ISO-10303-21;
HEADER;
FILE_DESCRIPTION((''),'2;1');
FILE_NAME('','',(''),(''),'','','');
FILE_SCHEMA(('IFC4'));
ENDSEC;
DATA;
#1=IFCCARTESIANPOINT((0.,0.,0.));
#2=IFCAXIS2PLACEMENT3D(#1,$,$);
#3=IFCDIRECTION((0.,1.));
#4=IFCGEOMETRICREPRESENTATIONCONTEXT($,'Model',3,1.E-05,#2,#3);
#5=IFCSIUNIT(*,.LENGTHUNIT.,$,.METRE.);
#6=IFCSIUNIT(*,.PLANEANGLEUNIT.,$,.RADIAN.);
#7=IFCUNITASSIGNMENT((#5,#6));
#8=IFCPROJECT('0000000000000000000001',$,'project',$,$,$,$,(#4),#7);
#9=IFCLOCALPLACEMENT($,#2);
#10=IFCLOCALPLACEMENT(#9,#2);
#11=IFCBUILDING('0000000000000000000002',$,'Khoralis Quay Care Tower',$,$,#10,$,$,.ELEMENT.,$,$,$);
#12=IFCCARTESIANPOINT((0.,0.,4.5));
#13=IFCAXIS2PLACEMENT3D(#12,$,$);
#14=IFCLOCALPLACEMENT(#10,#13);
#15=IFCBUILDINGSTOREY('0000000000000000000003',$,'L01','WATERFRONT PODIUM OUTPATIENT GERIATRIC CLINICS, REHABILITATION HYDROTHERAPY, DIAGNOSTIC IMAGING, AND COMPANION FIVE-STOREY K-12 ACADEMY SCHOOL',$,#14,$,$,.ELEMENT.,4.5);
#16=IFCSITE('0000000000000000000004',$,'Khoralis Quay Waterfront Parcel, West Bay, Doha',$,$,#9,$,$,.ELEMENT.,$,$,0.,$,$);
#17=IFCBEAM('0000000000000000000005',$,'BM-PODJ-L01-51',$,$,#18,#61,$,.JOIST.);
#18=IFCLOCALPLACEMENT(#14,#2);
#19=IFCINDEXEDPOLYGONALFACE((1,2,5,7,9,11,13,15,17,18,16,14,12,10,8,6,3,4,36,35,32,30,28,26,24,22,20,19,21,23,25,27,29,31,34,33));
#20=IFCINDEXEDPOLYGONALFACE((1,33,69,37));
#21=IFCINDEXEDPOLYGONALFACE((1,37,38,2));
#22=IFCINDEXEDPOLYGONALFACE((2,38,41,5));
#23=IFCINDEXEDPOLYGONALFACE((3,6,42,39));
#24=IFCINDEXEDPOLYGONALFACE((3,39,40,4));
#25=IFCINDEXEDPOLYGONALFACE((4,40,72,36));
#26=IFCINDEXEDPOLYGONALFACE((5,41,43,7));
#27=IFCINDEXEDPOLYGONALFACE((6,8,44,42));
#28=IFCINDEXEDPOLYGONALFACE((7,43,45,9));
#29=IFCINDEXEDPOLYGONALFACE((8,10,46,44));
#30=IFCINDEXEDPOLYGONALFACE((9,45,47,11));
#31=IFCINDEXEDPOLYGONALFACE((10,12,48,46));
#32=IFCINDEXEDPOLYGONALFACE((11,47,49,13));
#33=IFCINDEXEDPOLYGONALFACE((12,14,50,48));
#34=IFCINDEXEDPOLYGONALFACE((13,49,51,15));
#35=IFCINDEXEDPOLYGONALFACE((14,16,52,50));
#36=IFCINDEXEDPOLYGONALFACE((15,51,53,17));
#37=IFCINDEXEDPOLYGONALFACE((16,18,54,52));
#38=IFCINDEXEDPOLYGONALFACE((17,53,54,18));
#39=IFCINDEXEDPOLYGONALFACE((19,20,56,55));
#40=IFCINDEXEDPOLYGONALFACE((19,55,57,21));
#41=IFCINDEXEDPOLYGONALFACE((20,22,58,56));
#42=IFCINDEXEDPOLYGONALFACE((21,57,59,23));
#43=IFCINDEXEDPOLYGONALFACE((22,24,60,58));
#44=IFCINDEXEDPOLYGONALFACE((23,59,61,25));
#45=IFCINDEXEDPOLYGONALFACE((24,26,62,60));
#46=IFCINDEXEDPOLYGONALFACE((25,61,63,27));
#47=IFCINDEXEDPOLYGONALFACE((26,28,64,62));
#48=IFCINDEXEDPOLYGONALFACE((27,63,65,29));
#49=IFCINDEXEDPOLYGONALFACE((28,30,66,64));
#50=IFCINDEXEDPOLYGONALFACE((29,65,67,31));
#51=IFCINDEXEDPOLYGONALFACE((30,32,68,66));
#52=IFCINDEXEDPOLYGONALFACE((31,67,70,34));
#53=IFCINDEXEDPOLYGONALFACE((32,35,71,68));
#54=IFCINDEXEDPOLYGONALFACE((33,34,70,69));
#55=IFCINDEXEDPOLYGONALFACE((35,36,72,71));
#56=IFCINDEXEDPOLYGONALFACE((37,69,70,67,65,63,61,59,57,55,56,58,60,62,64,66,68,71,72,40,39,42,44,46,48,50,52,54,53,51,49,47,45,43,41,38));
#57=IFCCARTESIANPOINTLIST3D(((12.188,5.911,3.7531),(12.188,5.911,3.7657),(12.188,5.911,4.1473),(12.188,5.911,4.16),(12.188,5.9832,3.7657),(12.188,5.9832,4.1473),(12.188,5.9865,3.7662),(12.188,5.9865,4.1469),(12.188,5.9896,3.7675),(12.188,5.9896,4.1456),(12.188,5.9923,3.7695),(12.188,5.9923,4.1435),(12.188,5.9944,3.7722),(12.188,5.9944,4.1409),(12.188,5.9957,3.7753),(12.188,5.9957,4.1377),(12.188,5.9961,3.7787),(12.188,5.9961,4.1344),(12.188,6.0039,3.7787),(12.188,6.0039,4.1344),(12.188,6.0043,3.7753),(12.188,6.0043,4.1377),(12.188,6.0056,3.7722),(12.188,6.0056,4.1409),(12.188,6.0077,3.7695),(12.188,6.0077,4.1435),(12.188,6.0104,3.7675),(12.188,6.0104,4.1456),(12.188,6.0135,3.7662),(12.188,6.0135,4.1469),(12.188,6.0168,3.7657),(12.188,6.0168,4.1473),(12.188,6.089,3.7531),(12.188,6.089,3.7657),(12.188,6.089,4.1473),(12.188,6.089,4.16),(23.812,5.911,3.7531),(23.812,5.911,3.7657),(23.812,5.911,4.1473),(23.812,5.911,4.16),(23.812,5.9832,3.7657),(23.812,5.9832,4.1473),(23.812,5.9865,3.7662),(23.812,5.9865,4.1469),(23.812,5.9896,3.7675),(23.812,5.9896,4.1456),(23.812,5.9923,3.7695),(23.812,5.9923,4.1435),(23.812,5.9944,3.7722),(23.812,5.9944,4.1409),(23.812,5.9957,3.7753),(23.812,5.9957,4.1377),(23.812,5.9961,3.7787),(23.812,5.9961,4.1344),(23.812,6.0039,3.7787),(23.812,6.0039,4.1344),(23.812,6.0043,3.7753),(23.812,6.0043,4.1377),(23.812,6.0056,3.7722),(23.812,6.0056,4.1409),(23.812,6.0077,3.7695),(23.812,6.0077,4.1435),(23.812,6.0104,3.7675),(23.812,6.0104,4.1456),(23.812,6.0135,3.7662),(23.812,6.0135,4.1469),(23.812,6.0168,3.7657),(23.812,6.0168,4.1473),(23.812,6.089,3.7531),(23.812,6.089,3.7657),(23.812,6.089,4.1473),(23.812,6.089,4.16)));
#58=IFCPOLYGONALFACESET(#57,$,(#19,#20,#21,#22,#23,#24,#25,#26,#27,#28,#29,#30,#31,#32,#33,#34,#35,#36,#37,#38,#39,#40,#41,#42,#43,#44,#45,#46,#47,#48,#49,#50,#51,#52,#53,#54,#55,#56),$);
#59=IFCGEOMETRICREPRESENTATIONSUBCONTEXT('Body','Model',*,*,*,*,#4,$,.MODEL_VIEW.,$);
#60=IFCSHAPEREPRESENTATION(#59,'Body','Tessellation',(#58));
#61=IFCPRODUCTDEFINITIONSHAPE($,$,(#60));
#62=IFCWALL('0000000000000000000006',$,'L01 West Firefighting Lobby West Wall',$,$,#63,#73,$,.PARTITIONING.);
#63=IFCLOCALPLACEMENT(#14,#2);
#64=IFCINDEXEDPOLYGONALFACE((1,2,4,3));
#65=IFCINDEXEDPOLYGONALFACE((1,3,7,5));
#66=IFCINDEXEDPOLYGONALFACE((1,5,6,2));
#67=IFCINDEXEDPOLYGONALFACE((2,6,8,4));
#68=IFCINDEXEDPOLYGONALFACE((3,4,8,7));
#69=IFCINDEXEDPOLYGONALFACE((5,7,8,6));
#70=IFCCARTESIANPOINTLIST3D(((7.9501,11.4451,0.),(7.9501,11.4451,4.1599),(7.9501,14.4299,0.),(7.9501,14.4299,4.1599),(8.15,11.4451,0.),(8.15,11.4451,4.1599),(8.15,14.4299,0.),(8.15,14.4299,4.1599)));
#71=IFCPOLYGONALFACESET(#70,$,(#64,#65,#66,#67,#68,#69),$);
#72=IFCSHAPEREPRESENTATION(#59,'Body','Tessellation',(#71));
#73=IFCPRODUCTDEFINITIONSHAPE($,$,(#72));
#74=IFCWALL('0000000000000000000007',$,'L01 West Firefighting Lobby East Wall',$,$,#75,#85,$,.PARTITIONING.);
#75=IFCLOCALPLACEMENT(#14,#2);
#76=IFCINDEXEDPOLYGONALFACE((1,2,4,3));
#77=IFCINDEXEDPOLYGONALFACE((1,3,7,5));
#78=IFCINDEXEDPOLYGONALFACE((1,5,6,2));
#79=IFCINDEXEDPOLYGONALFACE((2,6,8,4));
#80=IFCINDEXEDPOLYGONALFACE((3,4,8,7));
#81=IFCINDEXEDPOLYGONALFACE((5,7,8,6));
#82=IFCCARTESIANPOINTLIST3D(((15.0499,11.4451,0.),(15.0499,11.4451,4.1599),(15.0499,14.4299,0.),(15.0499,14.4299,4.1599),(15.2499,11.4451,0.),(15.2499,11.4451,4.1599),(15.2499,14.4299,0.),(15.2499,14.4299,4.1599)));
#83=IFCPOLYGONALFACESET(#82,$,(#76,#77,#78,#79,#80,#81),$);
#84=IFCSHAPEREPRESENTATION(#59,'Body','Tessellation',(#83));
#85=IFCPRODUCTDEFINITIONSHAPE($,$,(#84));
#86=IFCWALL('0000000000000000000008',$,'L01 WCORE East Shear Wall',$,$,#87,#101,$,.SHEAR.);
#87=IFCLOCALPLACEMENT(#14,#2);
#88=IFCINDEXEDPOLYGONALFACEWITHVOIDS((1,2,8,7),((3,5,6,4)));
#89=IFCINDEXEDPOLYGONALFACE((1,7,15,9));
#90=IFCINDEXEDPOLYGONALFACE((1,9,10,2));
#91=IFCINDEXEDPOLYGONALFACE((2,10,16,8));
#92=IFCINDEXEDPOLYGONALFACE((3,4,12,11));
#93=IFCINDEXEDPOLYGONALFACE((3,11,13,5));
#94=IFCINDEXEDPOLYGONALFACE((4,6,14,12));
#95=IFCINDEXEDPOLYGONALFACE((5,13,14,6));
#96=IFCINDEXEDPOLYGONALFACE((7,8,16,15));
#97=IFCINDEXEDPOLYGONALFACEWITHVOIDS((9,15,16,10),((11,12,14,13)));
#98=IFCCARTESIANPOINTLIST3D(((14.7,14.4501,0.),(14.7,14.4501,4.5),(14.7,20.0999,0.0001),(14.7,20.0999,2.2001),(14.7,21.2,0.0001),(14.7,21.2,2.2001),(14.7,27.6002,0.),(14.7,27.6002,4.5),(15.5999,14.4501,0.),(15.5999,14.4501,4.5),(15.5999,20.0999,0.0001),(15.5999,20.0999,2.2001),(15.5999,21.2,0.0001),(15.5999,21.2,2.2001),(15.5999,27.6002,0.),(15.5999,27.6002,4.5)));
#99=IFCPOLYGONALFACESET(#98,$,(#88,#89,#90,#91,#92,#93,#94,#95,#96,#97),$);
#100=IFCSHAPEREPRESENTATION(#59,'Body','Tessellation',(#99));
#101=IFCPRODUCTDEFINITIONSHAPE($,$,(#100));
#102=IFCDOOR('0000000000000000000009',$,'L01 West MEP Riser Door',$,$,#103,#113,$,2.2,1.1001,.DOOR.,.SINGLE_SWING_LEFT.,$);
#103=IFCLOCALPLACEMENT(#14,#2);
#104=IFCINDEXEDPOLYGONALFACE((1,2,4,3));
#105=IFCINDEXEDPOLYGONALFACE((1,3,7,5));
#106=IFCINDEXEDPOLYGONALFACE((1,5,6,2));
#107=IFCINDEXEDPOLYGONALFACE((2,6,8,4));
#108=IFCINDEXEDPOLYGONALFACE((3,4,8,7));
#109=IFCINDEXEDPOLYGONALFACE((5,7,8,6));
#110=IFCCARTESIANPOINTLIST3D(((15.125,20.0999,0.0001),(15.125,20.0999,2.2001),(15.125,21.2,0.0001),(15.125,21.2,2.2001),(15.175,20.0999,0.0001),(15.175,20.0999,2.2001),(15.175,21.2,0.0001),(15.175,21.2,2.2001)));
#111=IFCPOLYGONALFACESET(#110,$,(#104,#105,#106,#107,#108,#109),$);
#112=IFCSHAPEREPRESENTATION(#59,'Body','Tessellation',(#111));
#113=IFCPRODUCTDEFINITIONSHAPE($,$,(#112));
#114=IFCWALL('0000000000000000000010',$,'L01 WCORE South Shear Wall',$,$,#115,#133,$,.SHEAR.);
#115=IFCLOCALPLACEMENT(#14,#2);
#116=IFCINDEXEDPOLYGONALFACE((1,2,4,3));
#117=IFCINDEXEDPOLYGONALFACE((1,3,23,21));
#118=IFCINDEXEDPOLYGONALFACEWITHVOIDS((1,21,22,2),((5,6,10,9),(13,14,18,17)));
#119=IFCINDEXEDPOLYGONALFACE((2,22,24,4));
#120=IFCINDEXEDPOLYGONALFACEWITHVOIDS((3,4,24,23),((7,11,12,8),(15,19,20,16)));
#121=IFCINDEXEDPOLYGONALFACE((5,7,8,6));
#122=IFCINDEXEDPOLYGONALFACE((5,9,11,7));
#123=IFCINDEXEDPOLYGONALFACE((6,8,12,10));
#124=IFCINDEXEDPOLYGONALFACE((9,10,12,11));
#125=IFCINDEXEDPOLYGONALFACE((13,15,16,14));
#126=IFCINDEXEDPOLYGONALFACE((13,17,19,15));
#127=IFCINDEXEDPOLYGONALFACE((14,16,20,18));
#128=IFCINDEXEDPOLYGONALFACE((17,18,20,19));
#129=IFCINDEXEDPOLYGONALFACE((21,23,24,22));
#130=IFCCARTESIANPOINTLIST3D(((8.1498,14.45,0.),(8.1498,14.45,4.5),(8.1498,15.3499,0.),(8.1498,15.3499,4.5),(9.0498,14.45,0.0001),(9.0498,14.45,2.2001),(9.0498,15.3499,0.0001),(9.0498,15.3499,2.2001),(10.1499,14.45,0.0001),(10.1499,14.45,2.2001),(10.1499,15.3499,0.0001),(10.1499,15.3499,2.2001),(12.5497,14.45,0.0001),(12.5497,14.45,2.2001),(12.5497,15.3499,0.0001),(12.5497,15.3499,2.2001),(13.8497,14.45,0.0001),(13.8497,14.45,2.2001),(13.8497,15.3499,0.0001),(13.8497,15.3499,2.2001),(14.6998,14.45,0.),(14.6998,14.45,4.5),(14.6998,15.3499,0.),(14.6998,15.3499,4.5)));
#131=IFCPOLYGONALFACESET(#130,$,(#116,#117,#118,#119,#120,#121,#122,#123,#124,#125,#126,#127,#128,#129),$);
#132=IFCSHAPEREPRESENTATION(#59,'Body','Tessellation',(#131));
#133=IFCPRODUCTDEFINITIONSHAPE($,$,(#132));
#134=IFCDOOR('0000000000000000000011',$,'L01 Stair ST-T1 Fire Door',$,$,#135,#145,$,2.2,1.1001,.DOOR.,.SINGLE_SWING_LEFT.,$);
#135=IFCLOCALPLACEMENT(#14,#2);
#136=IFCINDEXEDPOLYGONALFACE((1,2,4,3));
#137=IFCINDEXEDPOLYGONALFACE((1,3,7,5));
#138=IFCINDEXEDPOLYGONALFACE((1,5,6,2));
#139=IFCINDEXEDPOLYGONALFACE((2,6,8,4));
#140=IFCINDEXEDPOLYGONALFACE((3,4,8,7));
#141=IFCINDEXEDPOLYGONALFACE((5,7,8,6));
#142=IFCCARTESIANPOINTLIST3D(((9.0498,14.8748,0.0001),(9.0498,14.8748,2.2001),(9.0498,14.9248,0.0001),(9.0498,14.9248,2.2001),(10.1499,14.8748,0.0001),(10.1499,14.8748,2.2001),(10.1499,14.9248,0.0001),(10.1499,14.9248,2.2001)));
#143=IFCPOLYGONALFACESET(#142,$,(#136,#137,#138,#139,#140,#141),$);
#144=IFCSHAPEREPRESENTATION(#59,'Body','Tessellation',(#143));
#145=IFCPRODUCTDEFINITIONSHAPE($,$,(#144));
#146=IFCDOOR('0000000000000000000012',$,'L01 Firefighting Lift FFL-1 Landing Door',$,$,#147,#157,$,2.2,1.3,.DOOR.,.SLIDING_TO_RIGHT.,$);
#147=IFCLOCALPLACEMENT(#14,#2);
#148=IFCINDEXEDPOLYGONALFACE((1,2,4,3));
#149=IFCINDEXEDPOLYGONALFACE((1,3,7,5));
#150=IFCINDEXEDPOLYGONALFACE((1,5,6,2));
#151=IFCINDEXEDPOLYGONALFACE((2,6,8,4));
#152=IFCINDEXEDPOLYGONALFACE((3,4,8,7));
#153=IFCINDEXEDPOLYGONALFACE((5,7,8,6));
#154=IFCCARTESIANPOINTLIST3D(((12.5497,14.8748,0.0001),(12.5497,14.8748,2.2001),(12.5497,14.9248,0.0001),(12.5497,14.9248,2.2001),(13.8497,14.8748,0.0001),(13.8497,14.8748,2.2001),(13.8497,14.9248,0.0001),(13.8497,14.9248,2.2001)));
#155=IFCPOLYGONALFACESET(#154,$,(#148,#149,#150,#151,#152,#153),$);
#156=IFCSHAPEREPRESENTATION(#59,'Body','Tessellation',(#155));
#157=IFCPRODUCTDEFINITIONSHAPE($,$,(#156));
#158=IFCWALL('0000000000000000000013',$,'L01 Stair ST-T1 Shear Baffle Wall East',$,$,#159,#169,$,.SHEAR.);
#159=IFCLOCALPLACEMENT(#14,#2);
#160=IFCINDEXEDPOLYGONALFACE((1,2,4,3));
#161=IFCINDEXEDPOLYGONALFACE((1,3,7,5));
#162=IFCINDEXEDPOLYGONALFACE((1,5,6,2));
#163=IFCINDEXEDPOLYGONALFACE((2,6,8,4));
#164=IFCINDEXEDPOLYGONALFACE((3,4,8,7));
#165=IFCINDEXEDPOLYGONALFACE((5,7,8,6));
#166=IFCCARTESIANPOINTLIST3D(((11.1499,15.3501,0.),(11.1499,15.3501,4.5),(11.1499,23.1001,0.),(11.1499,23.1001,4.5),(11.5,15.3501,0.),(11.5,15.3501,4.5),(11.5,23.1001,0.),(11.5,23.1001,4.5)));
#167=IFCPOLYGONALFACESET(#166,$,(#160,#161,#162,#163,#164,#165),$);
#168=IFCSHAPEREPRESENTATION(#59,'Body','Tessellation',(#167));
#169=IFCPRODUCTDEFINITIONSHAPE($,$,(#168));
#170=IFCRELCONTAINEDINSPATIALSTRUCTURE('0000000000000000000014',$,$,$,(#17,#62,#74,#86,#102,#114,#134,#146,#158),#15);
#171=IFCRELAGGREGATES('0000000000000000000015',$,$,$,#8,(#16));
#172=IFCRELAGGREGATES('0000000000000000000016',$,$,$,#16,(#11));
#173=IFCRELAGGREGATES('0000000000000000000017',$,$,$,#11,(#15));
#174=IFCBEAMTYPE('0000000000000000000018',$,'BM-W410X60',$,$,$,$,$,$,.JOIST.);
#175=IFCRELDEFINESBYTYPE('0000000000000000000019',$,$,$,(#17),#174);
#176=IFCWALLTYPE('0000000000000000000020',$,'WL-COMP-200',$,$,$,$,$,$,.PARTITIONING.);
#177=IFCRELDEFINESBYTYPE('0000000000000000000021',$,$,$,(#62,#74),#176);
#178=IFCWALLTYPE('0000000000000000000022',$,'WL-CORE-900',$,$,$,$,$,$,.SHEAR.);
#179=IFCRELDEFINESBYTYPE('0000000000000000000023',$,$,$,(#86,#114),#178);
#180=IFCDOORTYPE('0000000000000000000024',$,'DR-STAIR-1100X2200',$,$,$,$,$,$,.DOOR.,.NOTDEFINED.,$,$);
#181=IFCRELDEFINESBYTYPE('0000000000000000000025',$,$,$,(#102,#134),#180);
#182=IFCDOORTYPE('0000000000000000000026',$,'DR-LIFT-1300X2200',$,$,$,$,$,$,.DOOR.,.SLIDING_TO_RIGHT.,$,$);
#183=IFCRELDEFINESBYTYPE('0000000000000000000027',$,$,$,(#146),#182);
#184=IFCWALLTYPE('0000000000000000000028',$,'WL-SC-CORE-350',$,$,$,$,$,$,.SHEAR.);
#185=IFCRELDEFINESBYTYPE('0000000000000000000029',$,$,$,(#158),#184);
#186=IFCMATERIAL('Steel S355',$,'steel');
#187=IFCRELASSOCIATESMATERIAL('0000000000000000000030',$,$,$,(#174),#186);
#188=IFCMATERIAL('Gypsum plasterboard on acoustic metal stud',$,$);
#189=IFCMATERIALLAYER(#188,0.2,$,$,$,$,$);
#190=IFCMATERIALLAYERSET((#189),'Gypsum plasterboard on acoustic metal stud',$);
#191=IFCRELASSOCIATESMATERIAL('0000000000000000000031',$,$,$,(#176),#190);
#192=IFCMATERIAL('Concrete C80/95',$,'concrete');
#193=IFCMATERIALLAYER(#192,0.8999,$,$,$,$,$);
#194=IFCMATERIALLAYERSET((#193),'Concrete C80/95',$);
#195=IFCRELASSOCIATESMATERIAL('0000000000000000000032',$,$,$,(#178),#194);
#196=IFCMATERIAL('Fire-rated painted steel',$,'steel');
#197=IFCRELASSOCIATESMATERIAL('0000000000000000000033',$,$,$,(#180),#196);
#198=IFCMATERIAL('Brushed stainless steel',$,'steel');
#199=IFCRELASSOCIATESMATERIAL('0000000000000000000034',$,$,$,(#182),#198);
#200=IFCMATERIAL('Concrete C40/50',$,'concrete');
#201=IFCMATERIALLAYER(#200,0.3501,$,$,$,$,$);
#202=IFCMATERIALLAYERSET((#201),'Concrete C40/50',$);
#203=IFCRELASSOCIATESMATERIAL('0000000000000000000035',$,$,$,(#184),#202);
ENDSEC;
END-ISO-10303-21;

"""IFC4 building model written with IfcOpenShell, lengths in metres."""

from ifc_helpers import new_model, si_unit, direction, frame, frame_2d, origin, origin_2d, place, context, subcontext, project, spatial, rectangle, i_section, extrude, source, transform, mapped, material, layer, layer_set, material_profile, profile_set, type_object, element, fill, save


model = new_model("IFC4")

# Units and contexts
model_context = context("Model", 3, precision=1e-05, world=origin(), true_north=direction((0.0, 1.0)))
body_context = subcontext(model_context, "Body", "Model", "MODEL_VIEW")
ifc_project = project(units=[si_unit("LENGTHUNIT", "METRE"), si_unit("PLANEANGLEUNIT", "RADIAN")], contexts=[model_context])

# Site, building, storey
site_placement = place(None, origin())
site = spatial("IfcSite", under=ifc_project, at=site_placement, Name="Khoralis Quay Waterfront Parcel, West Bay, Doha", CompositionType="ELEMENT", RefElevation=0.0)
building_placement = place(site_placement, origin())
building = spatial("IfcBuilding", under=site, at=building_placement, Name="Khoralis Quay Care Tower", CompositionType="ELEMENT")
storey_placement = place(building_placement, frame((0.0, 0.0, 4.5)))
storey = spatial("IfcBuildingStorey", under=building, at=storey_placement, Name="L01", Description="WATERFRONT PODIUM OUTPATIENT GERIATRIC CLINICS, REHABILITATION HYDROTHERAPY, DIAGNOSTIC IMAGING, AND COMPANION FIVE-STOREY K-12 ACADEMY SCHOOL", CompositionType="ELEMENT", Elevation=4.5)

# Shared definitions
ifc_material_1 = material(Name="Concrete C80/95", Category="concrete")

# Beam
ifc_material_2 = material(Name="Steel S355", Category="steel")
ifc_material_profile_1 = material_profile(ifc_material_2, i_section(OverallWidth=0.178, OverallDepth=0.407, WebThickness=0.0078, FlangeThickness=0.0127, FilletRadius=0.0129, at=origin_2d()), Name="Steel S355")
ifc_profile_set_1 = profile_set([ifc_material_profile_1], Name="Steel S355")
beam_type_1 = type_object("IfcBeamType", Name="BM-W410X60", PredefinedType="JOIST", material=ifc_profile_set_1)
shared_shape_1 = source(origin(), body_context, "Body", "SweptSolid", [
    extrude(i_section(OverallWidth=0.178, OverallDepth=0.407, WebThickness=0.0078, FlangeThickness=0.0127, FilletRadius=0.0129, at=origin_2d()), origin(), (0.0, 0.0, 1.0), 11.624),
])
for number, where, z_axis, x_axis, name in (
    (1, (12.188, 6.0, 3.9565), (1.0, 0.0, 0.0), (0.0, 1.0, 0.0), "BM-PODJ-L01-51"),
):
    element("IfcBeam", number, at=place(storey_placement, frame(where, z_axis=z_axis, x_axis=x_axis)), inside=storey, type_object=beam_type_1, Name=name, PredefinedType="JOIST", context=body_context, shape_type="MappedRepresentation", body=[
        mapped(shared_shape_1, transform((0.0, 0.0, 0.0), scale=1.0)),
    ])

# Walls
ifc_material_3 = material(Name="Gypsum plasterboard on acoustic metal stud")
ifc_layer_1 = layer(ifc_material_3, 0.2)
ifc_layer_set_1 = layer_set([ifc_layer_1], Name="Gypsum plasterboard on acoustic metal stud")
wall_type_1 = type_object("IfcWallType", Name="WL-COMP-200", PredefinedType="PARTITIONING", material=ifc_layer_set_1)
for number, where, z_axis, x_axis, name in (
    (2, (8.05, 11.4451, 0.0), (0.0, 0.0, 1.0), (0.0, 1.0, 0.0), "L01 West Firefighting Lobby West Wall"),
    (3, (15.1499, 11.4451, 0.0), (0.0, 0.0, 1.0), (0.0, 1.0, 0.0), "L01 West Firefighting Lobby East Wall"),
):
    element("IfcWall", number, at=place(storey_placement, frame(where, z_axis=z_axis, x_axis=x_axis)), inside=storey, type_object=wall_type_1, Name=name, PredefinedType="PARTITIONING", context=body_context, shape_type="SweptSolid", body=[
        extrude(rectangle(XDim=2.9849, YDim=0.2, at=frame_2d((1.4924, 0.0))), origin(), (0.0, 0.0, 1.0), 4.1599),
    ])

# Wall, opening, door
ifc_layer_2 = layer(ifc_material_1, 0.8999)
ifc_layer_set_2 = layer_set([ifc_layer_2], Name="Concrete C80/95")
wall_type_2 = type_object("IfcWallType", Name="WL-CORE-900", PredefinedType="SHEAR", material=ifc_layer_set_2)
wall_1_placement = place(storey_placement, frame((15.1499, 14.45, 0.0), z_axis=(0.0, 0.0, 1.0), x_axis=(0.0, 1.0, 0.0)))
wall_1 = element("IfcWall", 4, at=wall_1_placement, inside=storey, type_object=wall_type_2, Name="L01 WCORE East Shear Wall", PredefinedType="SHEAR", context=body_context, shape_type="SweptSolid", body=[
    extrude(rectangle(XDim=13.1501, YDim=0.8999, at=frame_2d((6.5752, 0.0))), origin(), (0.0, 0.0, 1.0), 4.5),
])
opening_1_placement = place(wall_1_placement, frame((5.6499, 0.0, 0.0)))
opening_1 = element("IfcOpeningElement", 5, at=opening_1_placement, cuts=wall_1, PredefinedType="OPENING", context=body_context, shape_type="SweptSolid", body=[
    extrude(rectangle(XDim=1.1001, YDim=2.2, at=frame_2d((0.55, 1.1001))), frame((0.0, 0.46, 0.0), z_axis=(0.0, -1.0, 0.0), x_axis=(1.0, 0.0, 0.0)), (0.0, 0.0, 1.0), 0.9199),
])
ifc_material_4 = material(Name="Fire-rated painted steel", Category="steel")
door_type_1 = type_object("IfcDoorType", Name="DR-STAIR-1100X2200", OperationType="NOTDEFINED", PredefinedType="DOOR", material=ifc_material_4)
shared_shape_2 = source(origin(), body_context, "Body", "SweptSolid", [
    extrude(rectangle(XDim=1.1001, YDim=2.2, at=frame_2d((0.55, 1.1001))), frame((0.0, 0.0249, 0.0), z_axis=(0.0, -1.0, 0.0), x_axis=(1.0, 0.0, 0.0)), (0.0, 0.0, 1.0), 0.05),
])
door_1_placement = place(opening_1_placement, origin())
door_1 = element("IfcDoor", 6, at=door_1_placement, inside=storey, type_object=door_type_1, Name="L01 West MEP Riser Door", OperationType="SINGLE_SWING_LEFT", OverallHeight=2.2, OverallWidth=1.1001, PredefinedType="DOOR", context=body_context, shape_type="MappedRepresentation", body=[
    mapped(shared_shape_2, transform((0.0, 0.0, 0.0), scale=1.0)),
])
fill(opening_1, door_1)

# Wall, openings, doors
wall_2_placement = place(storey_placement, frame((8.1499, 14.8999, 0.0), z_axis=(0.0, 0.0, 1.0), x_axis=(1.0, 0.0, 0.0)))
wall_2 = element("IfcWall", 7, at=wall_2_placement, inside=storey, type_object=wall_type_2, Name="L01 WCORE South Shear Wall", PredefinedType="SHEAR", context=body_context, shape_type="SweptSolid", body=[
    extrude(rectangle(XDim=6.55, YDim=0.8999, at=frame_2d((3.2749, 0.0))), origin(), (0.0, 0.0, 1.0), 4.5),
])
opening_2_placement = place(wall_2_placement, frame((0.8999, 0.0, 0.0)))
opening_2 = element("IfcOpeningElement", 8, at=opening_2_placement, cuts=wall_2, PredefinedType="OPENING", context=body_context, shape_type="SweptSolid", body=[
    extrude(rectangle(XDim=1.1001, YDim=2.2, at=frame_2d((0.55, 1.1001))), frame((0.0, 0.46, 0.0), z_axis=(0.0, -1.0, 0.0), x_axis=(1.0, 0.0, 0.0)), (0.0, 0.0, 1.0), 0.9199),
])
opening_3_placement = place(wall_2_placement, frame((4.3999, 0.0, 0.0)))
opening_3 = element("IfcOpeningElement", 9, at=opening_3_placement, cuts=wall_2, PredefinedType="OPENING", context=body_context, shape_type="SweptSolid", body=[
    extrude(rectangle(XDim=1.3, YDim=2.2, at=frame_2d((0.6499, 1.1001))), frame((0.0, 0.46, 0.0), z_axis=(0.0, -1.0, 0.0), x_axis=(1.0, 0.0, 0.0)), (0.0, 0.0, 1.0), 0.9199),
])
door_2_placement = place(opening_2_placement, origin())
door_2 = element("IfcDoor", 10, at=door_2_placement, inside=storey, type_object=door_type_1, Name="L01 Stair ST-T1 Fire Door", OperationType="SINGLE_SWING_LEFT", OverallHeight=2.2, OverallWidth=1.1001, PredefinedType="DOOR", context=body_context, shape_type="MappedRepresentation", body=[
    mapped(shared_shape_2, transform((0.0, 0.0, 0.0), scale=1.0)),
])
fill(opening_2, door_2)
ifc_material_5 = material(Name="Brushed stainless steel", Category="steel")
door_type_2 = type_object("IfcDoorType", Name="DR-LIFT-1300X2200", OperationType="SLIDING_TO_RIGHT", PredefinedType="DOOR", material=ifc_material_5)
shared_shape_3 = source(origin(), body_context, "Body", "SweptSolid", [
    extrude(rectangle(XDim=1.3, YDim=2.2, at=frame_2d((0.6499, 1.1001))), frame((0.0, 0.0249, 0.0), z_axis=(0.0, -1.0, 0.0), x_axis=(1.0, 0.0, 0.0)), (0.0, 0.0, 1.0), 0.05),
])
door_3_placement = place(opening_3_placement, origin())
door_3 = element("IfcDoor", 11, at=door_3_placement, inside=storey, type_object=door_type_2, Name="L01 Firefighting Lift FFL-1 Landing Door", OperationType="SLIDING_TO_RIGHT", OverallHeight=2.2, OverallWidth=1.3, PredefinedType="DOOR", context=body_context, shape_type="MappedRepresentation", body=[
    mapped(shared_shape_3, transform((0.0, 0.0, 0.0), scale=1.0)),
])
fill(opening_3, door_3)

# Wall
ifc_material_6 = material(Name="Concrete C40/50", Category="concrete")
ifc_layer_3 = layer(ifc_material_6, 0.3501)
ifc_layer_set_3 = layer_set([ifc_layer_3], Name="Concrete C40/50")
wall_type_3 = type_object("IfcWallType", Name="WL-SC-CORE-350", PredefinedType="SHEAR", material=ifc_layer_set_3)
wall_3_placement = place(storey_placement, frame((11.325, 15.3501, 0.0), z_axis=(0.0, 0.0, 1.0), x_axis=(0.0, 1.0, 0.0)))
element("IfcWall", 12, at=wall_3_placement, inside=storey, type_object=wall_type_3, Name="L01 Stair ST-T1 Shear Baffle Wall East", PredefinedType="SHEAR", context=body_context, shape_type="SweptSolid", body=[
    extrude(rectangle(XDim=7.75, YDim=0.3501, at=frame_2d((3.875, 0.0))), origin(), (0.0, 0.0, 1.0), 4.5),
])

save(model, "model.ifc")
